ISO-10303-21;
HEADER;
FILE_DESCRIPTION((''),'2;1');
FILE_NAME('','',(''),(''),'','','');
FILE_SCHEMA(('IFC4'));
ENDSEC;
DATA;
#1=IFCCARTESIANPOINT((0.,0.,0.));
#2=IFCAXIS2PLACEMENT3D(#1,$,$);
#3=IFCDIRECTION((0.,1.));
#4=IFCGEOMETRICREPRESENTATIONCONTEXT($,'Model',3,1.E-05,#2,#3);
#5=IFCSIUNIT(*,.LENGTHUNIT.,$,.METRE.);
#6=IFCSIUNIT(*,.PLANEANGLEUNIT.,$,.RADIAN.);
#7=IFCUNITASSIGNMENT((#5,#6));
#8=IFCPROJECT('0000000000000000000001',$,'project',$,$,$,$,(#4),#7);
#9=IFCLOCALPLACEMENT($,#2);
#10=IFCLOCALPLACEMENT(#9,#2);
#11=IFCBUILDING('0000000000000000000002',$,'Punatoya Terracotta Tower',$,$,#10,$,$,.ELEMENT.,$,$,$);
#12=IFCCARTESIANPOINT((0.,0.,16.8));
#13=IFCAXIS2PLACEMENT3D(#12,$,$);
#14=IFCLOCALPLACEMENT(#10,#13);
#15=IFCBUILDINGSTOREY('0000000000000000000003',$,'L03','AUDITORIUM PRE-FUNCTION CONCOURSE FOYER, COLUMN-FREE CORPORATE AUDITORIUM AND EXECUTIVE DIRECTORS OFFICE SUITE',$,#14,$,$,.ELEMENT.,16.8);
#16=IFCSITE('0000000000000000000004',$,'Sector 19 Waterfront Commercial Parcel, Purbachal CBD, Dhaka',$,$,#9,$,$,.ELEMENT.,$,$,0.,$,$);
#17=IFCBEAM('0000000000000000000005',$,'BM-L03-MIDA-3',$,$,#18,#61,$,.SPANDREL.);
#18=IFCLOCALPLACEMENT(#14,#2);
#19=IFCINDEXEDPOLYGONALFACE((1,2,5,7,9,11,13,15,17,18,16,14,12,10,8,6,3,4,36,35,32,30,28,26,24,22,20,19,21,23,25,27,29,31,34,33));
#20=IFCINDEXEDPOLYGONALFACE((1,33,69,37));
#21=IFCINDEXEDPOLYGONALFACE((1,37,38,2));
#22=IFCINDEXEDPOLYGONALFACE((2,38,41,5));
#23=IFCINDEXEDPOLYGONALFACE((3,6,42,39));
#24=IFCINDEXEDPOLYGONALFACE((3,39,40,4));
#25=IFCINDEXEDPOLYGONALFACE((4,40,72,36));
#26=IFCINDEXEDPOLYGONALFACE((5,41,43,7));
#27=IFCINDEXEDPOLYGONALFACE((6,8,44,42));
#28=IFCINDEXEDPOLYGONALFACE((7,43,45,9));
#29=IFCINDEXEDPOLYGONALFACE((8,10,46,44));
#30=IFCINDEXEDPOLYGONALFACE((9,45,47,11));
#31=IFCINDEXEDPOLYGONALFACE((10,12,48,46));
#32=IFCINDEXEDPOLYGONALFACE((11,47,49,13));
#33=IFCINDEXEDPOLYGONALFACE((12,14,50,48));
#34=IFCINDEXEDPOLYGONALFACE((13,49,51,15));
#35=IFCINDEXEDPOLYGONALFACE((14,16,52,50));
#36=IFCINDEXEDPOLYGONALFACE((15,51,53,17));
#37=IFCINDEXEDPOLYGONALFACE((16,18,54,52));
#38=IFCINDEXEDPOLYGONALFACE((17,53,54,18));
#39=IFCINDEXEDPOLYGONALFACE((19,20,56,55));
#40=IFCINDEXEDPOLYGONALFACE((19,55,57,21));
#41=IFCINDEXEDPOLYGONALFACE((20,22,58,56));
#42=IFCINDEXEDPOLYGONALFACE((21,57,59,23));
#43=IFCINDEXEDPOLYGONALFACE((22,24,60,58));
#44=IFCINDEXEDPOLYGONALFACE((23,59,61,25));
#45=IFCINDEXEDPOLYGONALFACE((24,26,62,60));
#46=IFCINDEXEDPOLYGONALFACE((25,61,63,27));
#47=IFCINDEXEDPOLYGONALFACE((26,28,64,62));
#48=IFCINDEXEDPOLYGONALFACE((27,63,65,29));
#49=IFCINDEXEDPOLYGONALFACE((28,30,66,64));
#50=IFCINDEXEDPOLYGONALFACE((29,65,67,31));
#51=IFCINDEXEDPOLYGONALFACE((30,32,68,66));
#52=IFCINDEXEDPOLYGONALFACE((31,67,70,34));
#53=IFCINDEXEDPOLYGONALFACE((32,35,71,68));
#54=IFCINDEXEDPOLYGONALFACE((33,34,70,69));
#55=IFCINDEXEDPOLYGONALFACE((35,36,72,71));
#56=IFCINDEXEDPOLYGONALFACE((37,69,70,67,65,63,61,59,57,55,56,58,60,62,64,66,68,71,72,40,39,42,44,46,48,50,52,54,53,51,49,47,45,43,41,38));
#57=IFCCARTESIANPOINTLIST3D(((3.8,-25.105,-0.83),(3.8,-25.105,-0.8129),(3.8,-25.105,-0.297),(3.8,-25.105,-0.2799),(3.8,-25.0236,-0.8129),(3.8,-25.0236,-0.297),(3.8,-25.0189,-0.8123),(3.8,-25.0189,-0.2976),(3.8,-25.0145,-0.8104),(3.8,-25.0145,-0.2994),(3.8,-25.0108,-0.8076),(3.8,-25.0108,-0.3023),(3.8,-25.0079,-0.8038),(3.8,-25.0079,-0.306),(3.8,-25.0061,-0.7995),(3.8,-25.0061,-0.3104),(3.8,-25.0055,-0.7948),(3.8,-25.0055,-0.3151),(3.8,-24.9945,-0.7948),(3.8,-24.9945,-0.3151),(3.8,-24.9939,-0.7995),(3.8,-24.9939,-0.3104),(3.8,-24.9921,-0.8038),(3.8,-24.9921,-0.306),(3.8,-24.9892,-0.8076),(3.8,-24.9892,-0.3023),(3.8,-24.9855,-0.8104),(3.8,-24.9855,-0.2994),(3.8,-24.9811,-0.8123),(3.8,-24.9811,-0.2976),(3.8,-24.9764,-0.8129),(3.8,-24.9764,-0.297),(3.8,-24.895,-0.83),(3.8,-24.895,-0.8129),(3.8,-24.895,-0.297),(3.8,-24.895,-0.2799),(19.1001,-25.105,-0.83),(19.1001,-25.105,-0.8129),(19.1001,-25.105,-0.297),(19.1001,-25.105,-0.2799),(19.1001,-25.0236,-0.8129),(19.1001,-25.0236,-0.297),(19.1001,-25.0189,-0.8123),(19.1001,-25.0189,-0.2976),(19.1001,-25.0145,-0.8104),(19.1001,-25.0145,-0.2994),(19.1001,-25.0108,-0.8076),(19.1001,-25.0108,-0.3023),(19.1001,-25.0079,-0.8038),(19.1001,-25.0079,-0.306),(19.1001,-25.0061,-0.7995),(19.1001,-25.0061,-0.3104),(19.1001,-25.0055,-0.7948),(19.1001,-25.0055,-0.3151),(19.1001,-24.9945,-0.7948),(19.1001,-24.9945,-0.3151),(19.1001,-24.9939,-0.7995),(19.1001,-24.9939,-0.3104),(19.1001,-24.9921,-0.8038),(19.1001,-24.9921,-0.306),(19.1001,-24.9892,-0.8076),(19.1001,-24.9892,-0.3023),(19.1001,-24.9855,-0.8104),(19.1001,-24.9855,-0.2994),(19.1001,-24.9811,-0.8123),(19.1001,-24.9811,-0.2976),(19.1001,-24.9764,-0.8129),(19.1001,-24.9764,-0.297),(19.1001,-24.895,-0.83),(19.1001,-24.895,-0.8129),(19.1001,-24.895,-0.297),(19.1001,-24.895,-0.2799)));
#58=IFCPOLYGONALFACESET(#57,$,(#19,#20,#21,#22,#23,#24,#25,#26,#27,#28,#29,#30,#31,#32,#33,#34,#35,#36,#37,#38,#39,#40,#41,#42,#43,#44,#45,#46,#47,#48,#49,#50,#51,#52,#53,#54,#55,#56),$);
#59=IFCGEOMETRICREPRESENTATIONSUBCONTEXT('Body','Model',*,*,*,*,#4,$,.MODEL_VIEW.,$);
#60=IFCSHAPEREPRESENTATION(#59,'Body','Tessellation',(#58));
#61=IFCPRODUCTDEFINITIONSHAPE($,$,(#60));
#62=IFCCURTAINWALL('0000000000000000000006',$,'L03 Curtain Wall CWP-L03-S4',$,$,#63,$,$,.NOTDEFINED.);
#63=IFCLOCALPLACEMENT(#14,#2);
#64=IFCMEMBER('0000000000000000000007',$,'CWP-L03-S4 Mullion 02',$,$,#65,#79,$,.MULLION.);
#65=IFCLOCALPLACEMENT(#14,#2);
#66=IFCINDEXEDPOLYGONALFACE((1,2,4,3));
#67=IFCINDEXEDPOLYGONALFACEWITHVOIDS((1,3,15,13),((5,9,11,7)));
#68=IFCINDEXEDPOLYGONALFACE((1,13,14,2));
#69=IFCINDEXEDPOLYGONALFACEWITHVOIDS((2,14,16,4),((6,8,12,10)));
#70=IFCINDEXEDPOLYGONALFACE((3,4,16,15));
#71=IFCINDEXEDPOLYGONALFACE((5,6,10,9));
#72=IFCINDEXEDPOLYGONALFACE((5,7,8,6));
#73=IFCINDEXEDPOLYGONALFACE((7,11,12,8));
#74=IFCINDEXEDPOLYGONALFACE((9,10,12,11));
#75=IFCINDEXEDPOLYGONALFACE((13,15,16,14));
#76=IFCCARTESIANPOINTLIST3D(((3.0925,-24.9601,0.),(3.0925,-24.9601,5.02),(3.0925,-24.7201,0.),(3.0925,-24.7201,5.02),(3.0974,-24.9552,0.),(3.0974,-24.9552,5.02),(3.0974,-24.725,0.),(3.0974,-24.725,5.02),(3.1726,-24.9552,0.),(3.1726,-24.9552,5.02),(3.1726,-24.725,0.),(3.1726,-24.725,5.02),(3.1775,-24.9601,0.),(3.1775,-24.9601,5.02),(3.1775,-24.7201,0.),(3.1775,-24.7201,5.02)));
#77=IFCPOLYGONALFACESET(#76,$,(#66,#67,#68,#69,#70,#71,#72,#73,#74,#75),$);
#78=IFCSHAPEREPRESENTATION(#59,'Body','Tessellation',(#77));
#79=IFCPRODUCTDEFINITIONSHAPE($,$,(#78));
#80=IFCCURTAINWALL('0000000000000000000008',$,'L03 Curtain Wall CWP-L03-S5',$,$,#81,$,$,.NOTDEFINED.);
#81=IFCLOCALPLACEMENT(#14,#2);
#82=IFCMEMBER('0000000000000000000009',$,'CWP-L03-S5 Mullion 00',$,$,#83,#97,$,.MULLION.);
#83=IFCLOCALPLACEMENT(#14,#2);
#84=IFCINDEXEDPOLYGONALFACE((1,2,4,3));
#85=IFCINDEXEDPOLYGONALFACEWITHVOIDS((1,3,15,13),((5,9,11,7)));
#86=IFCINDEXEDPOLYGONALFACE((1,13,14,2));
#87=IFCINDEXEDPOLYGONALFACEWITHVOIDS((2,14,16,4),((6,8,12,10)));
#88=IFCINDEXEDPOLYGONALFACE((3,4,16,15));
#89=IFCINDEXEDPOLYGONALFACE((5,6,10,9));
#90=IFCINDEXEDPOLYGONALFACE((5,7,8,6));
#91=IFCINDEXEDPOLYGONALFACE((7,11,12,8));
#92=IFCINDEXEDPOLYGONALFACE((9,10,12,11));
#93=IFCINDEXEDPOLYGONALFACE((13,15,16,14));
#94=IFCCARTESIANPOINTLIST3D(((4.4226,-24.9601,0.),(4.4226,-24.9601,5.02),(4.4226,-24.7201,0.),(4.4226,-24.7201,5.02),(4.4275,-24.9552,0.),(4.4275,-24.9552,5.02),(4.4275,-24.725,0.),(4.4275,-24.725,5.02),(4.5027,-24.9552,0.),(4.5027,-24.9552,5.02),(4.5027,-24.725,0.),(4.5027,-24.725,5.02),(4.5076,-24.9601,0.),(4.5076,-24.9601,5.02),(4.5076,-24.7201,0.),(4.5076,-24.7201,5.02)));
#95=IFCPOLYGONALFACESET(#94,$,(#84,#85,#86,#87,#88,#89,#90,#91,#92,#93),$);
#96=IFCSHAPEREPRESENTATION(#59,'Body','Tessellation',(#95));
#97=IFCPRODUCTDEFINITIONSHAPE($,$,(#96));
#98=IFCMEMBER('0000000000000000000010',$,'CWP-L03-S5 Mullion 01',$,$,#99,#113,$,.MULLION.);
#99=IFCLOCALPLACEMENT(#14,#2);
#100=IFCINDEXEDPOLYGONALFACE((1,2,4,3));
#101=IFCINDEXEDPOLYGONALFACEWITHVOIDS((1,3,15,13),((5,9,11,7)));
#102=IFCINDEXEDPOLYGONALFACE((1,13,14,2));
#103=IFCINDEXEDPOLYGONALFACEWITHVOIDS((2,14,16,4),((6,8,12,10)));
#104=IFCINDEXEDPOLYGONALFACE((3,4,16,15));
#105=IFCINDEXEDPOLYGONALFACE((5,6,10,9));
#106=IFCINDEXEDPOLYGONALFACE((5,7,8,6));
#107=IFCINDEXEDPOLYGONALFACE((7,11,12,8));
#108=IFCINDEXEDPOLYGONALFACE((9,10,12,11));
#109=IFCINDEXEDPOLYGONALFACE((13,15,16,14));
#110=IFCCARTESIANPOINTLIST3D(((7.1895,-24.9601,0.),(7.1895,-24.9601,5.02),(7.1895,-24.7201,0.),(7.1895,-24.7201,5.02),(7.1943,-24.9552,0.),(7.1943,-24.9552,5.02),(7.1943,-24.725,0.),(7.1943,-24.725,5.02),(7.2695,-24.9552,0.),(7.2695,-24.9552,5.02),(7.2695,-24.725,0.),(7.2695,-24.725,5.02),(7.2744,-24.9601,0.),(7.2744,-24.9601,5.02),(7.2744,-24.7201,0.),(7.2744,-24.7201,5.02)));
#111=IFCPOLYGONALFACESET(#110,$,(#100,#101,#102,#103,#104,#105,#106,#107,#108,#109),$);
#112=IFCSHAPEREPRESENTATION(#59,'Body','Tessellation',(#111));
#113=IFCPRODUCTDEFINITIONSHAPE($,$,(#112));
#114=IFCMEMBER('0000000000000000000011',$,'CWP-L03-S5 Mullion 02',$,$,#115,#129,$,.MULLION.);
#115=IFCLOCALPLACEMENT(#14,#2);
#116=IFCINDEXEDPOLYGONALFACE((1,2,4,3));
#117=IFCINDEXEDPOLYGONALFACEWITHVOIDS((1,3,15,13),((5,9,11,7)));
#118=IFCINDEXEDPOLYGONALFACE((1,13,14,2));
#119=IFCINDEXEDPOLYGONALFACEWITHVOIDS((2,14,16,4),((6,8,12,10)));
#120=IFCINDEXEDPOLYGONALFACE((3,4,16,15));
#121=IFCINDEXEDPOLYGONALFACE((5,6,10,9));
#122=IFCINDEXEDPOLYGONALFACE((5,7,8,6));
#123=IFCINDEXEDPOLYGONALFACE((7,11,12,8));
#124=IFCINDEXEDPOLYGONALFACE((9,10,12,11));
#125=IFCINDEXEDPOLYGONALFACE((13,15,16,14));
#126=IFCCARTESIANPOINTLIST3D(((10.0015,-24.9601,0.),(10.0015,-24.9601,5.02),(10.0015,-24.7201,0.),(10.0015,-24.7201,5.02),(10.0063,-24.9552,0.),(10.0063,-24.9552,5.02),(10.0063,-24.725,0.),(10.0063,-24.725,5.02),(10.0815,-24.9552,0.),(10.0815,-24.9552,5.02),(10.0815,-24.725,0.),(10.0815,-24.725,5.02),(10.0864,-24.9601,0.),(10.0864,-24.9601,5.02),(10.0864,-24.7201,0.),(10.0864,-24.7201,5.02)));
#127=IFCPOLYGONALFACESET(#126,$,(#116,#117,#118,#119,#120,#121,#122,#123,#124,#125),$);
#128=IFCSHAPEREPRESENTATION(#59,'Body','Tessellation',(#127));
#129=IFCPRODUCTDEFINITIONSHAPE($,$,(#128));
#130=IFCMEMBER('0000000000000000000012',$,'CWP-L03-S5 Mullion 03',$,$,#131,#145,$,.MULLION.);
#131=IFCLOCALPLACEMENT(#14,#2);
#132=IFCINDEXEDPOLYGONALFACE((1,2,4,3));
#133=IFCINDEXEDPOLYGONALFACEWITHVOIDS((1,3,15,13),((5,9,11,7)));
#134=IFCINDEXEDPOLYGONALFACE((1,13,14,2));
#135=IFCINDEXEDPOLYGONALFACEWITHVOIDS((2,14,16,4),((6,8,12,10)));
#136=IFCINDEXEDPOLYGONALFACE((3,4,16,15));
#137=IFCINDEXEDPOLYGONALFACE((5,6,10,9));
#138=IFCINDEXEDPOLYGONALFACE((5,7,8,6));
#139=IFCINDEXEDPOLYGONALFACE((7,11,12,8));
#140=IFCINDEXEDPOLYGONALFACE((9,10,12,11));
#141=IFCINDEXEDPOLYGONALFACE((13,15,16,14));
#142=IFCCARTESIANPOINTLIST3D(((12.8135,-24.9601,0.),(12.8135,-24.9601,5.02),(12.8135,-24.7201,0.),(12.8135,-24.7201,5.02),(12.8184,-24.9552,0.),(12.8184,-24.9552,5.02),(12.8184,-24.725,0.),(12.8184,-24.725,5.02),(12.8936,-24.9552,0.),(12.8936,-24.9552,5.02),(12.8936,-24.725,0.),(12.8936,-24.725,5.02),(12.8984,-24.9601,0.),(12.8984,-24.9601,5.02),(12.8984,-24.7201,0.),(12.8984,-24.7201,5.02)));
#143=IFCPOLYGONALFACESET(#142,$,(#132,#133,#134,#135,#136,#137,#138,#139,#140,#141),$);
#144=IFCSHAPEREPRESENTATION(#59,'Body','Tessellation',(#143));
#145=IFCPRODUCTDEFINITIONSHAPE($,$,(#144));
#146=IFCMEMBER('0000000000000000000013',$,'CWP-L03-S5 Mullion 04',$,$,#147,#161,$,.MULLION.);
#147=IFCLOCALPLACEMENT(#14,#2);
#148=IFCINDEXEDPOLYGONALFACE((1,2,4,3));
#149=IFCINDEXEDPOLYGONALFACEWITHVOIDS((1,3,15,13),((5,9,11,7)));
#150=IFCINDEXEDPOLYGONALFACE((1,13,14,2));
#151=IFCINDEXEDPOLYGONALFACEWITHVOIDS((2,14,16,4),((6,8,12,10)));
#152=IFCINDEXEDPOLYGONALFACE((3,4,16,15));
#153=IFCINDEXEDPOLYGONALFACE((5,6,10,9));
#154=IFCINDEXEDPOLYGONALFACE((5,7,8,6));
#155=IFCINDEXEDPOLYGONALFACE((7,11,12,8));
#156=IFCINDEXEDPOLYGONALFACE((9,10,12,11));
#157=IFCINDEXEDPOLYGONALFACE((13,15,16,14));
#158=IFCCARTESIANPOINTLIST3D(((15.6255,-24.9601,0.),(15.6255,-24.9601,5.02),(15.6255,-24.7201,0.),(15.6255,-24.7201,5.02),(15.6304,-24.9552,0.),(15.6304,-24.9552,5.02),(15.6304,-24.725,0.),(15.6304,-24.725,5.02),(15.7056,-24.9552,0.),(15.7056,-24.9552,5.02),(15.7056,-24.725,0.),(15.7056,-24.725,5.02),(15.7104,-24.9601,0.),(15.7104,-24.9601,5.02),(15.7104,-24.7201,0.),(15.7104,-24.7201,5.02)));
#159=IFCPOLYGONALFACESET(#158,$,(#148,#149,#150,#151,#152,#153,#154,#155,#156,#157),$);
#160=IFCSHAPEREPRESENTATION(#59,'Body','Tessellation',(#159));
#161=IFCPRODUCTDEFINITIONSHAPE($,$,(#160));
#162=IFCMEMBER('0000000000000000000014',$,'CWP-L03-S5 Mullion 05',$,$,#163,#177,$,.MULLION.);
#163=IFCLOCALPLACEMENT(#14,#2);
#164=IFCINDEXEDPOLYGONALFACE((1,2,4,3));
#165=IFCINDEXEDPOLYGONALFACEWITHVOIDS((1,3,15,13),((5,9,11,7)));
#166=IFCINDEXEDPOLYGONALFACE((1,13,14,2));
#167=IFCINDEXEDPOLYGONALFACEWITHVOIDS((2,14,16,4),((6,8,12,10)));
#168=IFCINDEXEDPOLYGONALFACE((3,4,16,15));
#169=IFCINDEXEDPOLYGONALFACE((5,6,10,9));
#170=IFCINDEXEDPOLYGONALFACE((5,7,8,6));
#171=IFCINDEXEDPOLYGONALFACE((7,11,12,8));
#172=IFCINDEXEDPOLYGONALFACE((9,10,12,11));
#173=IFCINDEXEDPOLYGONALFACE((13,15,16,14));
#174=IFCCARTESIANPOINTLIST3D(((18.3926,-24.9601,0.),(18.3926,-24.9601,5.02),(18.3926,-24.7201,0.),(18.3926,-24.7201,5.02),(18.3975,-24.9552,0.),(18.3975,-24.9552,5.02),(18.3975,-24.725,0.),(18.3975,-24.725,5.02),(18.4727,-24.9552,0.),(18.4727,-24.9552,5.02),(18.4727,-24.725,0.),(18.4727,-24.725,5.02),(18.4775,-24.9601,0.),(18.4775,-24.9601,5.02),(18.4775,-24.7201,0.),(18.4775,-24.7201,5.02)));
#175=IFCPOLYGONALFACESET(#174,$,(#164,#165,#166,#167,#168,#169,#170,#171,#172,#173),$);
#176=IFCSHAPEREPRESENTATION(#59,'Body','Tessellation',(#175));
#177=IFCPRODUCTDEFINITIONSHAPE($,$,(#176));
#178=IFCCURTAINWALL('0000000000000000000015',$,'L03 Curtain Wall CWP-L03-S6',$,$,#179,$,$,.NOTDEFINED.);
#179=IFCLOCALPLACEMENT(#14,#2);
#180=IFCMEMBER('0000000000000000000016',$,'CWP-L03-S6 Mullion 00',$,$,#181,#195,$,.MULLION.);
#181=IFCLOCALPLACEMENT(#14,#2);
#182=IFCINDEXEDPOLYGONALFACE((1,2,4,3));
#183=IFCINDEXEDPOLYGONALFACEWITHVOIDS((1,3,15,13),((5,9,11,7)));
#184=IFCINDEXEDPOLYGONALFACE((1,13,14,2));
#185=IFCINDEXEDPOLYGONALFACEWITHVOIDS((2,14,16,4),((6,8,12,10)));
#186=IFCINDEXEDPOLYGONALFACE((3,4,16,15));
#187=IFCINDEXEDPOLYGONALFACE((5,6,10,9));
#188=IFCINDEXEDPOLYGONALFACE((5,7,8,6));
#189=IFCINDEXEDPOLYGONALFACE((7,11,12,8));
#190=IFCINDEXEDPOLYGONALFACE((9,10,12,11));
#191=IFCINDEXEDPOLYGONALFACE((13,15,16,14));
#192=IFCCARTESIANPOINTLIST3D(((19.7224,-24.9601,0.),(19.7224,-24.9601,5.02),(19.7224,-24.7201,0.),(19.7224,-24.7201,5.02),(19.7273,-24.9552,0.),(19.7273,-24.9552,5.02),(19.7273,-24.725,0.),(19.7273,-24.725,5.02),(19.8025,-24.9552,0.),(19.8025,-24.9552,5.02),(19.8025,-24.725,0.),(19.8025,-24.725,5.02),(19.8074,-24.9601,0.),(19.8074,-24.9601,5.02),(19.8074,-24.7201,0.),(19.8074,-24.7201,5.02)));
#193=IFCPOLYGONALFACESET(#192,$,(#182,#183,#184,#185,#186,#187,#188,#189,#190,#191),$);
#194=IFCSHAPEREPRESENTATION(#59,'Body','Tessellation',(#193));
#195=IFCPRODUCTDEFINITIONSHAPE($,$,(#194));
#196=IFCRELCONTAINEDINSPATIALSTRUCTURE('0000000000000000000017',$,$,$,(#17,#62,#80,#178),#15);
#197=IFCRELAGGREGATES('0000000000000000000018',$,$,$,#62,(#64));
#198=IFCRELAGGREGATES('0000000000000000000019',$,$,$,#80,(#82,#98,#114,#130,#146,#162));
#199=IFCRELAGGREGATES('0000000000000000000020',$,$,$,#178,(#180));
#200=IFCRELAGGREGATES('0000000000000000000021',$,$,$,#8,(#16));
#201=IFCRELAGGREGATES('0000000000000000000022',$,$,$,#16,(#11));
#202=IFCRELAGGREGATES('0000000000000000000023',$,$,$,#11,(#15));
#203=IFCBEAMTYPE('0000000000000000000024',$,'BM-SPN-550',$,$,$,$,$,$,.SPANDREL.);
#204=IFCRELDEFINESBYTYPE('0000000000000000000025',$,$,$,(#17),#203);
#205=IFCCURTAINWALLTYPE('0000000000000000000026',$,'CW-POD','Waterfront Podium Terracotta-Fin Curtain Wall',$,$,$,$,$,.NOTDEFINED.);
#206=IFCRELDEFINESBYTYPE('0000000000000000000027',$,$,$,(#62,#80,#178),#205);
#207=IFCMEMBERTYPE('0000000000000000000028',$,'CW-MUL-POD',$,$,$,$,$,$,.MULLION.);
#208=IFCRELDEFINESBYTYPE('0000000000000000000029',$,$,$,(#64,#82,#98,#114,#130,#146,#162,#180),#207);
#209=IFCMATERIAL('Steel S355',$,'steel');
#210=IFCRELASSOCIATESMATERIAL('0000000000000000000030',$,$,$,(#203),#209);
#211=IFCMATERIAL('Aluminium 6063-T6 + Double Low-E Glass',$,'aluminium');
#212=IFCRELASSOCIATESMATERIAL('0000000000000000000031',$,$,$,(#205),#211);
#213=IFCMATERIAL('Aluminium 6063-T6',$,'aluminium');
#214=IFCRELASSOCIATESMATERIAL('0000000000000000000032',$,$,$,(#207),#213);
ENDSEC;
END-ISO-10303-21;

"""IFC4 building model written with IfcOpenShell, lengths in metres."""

from ifc_helpers import new_model, si_unit, direction, frame, origin, origin_2d, place, context, subcontext, project, spatial, hollow_rectangle, i_section, extrude, material, material_profile, profile_set, type_object, element, aggregate, save


model = new_model("IFC4")

# Units and contexts
model_context = context("Model", 3, precision=1e-05, world=origin(), true_north=direction((0.0, 1.0)))
body_context = subcontext(model_context, "Body", "Model", "MODEL_VIEW")
ifc_project = project(units=[si_unit("LENGTHUNIT", "METRE"), si_unit("PLANEANGLEUNIT", "RADIAN")], contexts=[model_context])

# Site, building, storey
site_placement = place(None, origin())
site = spatial("IfcSite", under=ifc_project, at=site_placement, Name="Sector 19 Waterfront Commercial Parcel, Purbachal CBD, Dhaka", CompositionType="ELEMENT", RefElevation=0.0)
building_placement = place(site_placement, origin())
building = spatial("IfcBuilding", under=site, at=building_placement, Name="Punatoya Terracotta Tower", CompositionType="ELEMENT")
storey_placement = place(building_placement, frame((0.0, 0.0, 16.8)))
storey = spatial("IfcBuildingStorey", under=building, at=storey_placement, Name="L03", Description="AUDITORIUM PRE-FUNCTION CONCOURSE FOYER, COLUMN-FREE CORPORATE AUDITORIUM AND EXECUTIVE DIRECTORS OFFICE SUITE", CompositionType="ELEMENT", Elevation=16.8)

# Beam
ifc_material_1 = material(Name="Steel S355", Category="steel")
ifc_material_profile_1 = material_profile(ifc_material_1, i_section(OverallWidth=0.21, OverallDepth=0.55, WebThickness=0.011, FlangeThickness=0.0171, FilletRadius=0.0181, at=origin_2d()))
ifc_profile_set_1 = profile_set([ifc_material_profile_1], Name="Steel S355")
beam_type_1 = type_object("IfcBeamType", Name="BM-SPN-550", PredefinedType="SPANDREL", material=ifc_profile_set_1)
beam_1_placement = place(storey_placement, frame((3.8, -25.0, -0.5549), z_axis=(1.0, 0.0, 0.0), x_axis=(0.0, 1.0, 0.0)))
element("IfcBeam", 1, at=beam_1_placement, inside=storey, type_object=beam_type_1, Name="BM-L03-MIDA-3", PredefinedType="SPANDREL", context=body_context, shape_type="SweptSolid", body=[
    extrude(i_section(OverallWidth=0.21, OverallDepth=0.55, WebThickness=0.011, FlangeThickness=0.0171, FilletRadius=0.0181, at=origin_2d()), origin(), (0.0, 0.0, 1.0), 15.3),
])

# Curtain wall, member
ifc_material_2 = material(Name="Aluminium 6063-T6 + Double Low-E Glass", Category="aluminium")
curtain_wall_type = type_object("IfcCurtainWallType", Name="CW-POD", Description="Waterfront Podium Terracotta-Fin Curtain Wall", PredefinedType="NOTDEFINED", material=ifc_material_2)
curtain_wall_1_placement = place(storey_placement, origin())
curtain_wall_1 = element("IfcCurtainWall", 2, at=curtain_wall_1_placement, inside=storey, type_object=curtain_wall_type, Name="L03 Curtain Wall CWP-L03-S4", PredefinedType="NOTDEFINED")
ifc_material_3 = material(Name="Aluminium 6063-T6", Category="aluminium")
ifc_material_profile_2 = material_profile(ifc_material_3, hollow_rectangle(XDim=0.085, YDim=0.24, WallThickness=0.0049, at=origin_2d()))
ifc_profile_set_2 = profile_set([ifc_material_profile_2], Name="Aluminium 6063-T6")
member_type_1 = type_object("IfcMemberType", Name="CW-MUL-POD", PredefinedType="MULLION", material=ifc_profile_set_2)
member_1_placement = place(storey_placement, frame((3.135, -24.8401, 0.0), z_axis=(0.0, 0.0, 1.0), x_axis=(1.0, 0.0, 0.0)))
member_1 = element("IfcMember", 3, at=member_1_placement, type_object=member_type_1, Name="CWP-L03-S4 Mullion 02", PredefinedType="MULLION", context=body_context, shape_type="SweptSolid", body=[
    extrude(hollow_rectangle(XDim=0.085, YDim=0.24, WallThickness=0.0049, at=origin_2d()), origin(), (0.0, 0.0, 1.0), 5.02),
])
aggregate(curtain_wall_1, [member_1])

# Curtain wall, members
curtain_wall_2_placement = place(storey_placement, origin())
curtain_wall_2 = element("IfcCurtainWall", 4, at=curtain_wall_2_placement, inside=storey, type_object=curtain_wall_type, Name="L03 Curtain Wall CWP-L03-S5", PredefinedType="NOTDEFINED")
member_2_placement = place(storey_placement, frame((4.4651, -24.8401, 0.0), z_axis=(0.0, 0.0, 1.0), x_axis=(1.0, 0.0, 0.0)))
member_2 = element("IfcMember", 5, at=member_2_placement, type_object=member_type_1, Name="CWP-L03-S5 Mullion 00", PredefinedType="MULLION", context=body_context, shape_type="SweptSolid", body=[
    extrude(hollow_rectangle(XDim=0.085, YDim=0.24, WallThickness=0.0049, at=origin_2d()), origin(), (0.0, 0.0, 1.0), 5.02),
])
member_3_placement = place(storey_placement, frame((7.2319, -24.8401, 0.0), z_axis=(0.0, 0.0, 1.0), x_axis=(1.0, 0.0, 0.0)))
member_3 = element("IfcMember", 6, at=member_3_placement, type_object=member_type_1, Name="CWP-L03-S5 Mullion 01", PredefinedType="MULLION", context=body_context, shape_type="SweptSolid", body=[
    extrude(hollow_rectangle(XDim=0.085, YDim=0.24, WallThickness=0.0049, at=origin_2d()), origin(), (0.0, 0.0, 1.0), 5.02),
])
member_4_placement = place(storey_placement, frame((10.0439, -24.8401, 0.0), z_axis=(0.0, 0.0, 1.0), x_axis=(1.0, 0.0, 0.0)))
member_4 = element("IfcMember", 7, at=member_4_placement, type_object=member_type_1, Name="CWP-L03-S5 Mullion 02", PredefinedType="MULLION", context=body_context, shape_type="SweptSolid", body=[
    extrude(hollow_rectangle(XDim=0.085, YDim=0.24, WallThickness=0.0049, at=origin_2d()), origin(), (0.0, 0.0, 1.0), 5.02),
])
member_5_placement = place(storey_placement, frame((12.856, -24.8401, 0.0), z_axis=(0.0, 0.0, 1.0), x_axis=(1.0, 0.0, 0.0)))
member_5 = element("IfcMember", 8, at=member_5_placement, type_object=member_type_1, Name="CWP-L03-S5 Mullion 03", PredefinedType="MULLION", context=body_context, shape_type="SweptSolid", body=[
    extrude(hollow_rectangle(XDim=0.085, YDim=0.24, WallThickness=0.0049, at=origin_2d()), origin(), (0.0, 0.0, 1.0), 5.02),
])
member_6_placement = place(storey_placement, frame((15.668, -24.8401, 0.0), z_axis=(0.0, 0.0, 1.0), x_axis=(1.0, 0.0, 0.0)))
member_6 = element("IfcMember", 9, at=member_6_placement, type_object=member_type_1, Name="CWP-L03-S5 Mullion 04", PredefinedType="MULLION", context=body_context, shape_type="SweptSolid", body=[
    extrude(hollow_rectangle(XDim=0.085, YDim=0.24, WallThickness=0.0049, at=origin_2d()), origin(), (0.0, 0.0, 1.0), 5.02),
])
member_7_placement = place(storey_placement, frame((18.4351, -24.8401, 0.0), z_axis=(0.0, 0.0, 1.0), x_axis=(1.0, 0.0, 0.0)))
member_7 = element("IfcMember", 10, at=member_7_placement, type_object=member_type_1, Name="CWP-L03-S5 Mullion 05", PredefinedType="MULLION", context=body_context, shape_type="SweptSolid", body=[
    extrude(hollow_rectangle(XDim=0.085, YDim=0.24, WallThickness=0.0049, at=origin_2d()), origin(), (0.0, 0.0, 1.0), 5.02),
])

# Curtain wall, member
curtain_wall_3_placement = place(storey_placement, origin())
curtain_wall_3 = element("IfcCurtainWall", 11, at=curtain_wall_3_placement, inside=storey, type_object=curtain_wall_type, Name="L03 Curtain Wall CWP-L03-S6", PredefinedType="NOTDEFINED")
member_8_placement = place(storey_placement, frame((19.7649, -24.8401, 0.0), z_axis=(0.0, 0.0, 1.0), x_axis=(1.0, 0.0, 0.0)))
member_8 = element("IfcMember", 12, at=member_8_placement, type_object=member_type_1, Name="CWP-L03-S6 Mullion 00", PredefinedType="MULLION", context=body_context, shape_type="SweptSolid", body=[
    extrude(hollow_rectangle(XDim=0.085, YDim=0.24, WallThickness=0.0049, at=origin_2d()), origin(), (0.0, 0.0, 1.0), 5.02),
])

aggregate(curtain_wall_2, [member_2, member_3, member_4, member_5, member_6, member_7])
aggregate(curtain_wall_3, [member_8])

save(model, "model.ifc")
